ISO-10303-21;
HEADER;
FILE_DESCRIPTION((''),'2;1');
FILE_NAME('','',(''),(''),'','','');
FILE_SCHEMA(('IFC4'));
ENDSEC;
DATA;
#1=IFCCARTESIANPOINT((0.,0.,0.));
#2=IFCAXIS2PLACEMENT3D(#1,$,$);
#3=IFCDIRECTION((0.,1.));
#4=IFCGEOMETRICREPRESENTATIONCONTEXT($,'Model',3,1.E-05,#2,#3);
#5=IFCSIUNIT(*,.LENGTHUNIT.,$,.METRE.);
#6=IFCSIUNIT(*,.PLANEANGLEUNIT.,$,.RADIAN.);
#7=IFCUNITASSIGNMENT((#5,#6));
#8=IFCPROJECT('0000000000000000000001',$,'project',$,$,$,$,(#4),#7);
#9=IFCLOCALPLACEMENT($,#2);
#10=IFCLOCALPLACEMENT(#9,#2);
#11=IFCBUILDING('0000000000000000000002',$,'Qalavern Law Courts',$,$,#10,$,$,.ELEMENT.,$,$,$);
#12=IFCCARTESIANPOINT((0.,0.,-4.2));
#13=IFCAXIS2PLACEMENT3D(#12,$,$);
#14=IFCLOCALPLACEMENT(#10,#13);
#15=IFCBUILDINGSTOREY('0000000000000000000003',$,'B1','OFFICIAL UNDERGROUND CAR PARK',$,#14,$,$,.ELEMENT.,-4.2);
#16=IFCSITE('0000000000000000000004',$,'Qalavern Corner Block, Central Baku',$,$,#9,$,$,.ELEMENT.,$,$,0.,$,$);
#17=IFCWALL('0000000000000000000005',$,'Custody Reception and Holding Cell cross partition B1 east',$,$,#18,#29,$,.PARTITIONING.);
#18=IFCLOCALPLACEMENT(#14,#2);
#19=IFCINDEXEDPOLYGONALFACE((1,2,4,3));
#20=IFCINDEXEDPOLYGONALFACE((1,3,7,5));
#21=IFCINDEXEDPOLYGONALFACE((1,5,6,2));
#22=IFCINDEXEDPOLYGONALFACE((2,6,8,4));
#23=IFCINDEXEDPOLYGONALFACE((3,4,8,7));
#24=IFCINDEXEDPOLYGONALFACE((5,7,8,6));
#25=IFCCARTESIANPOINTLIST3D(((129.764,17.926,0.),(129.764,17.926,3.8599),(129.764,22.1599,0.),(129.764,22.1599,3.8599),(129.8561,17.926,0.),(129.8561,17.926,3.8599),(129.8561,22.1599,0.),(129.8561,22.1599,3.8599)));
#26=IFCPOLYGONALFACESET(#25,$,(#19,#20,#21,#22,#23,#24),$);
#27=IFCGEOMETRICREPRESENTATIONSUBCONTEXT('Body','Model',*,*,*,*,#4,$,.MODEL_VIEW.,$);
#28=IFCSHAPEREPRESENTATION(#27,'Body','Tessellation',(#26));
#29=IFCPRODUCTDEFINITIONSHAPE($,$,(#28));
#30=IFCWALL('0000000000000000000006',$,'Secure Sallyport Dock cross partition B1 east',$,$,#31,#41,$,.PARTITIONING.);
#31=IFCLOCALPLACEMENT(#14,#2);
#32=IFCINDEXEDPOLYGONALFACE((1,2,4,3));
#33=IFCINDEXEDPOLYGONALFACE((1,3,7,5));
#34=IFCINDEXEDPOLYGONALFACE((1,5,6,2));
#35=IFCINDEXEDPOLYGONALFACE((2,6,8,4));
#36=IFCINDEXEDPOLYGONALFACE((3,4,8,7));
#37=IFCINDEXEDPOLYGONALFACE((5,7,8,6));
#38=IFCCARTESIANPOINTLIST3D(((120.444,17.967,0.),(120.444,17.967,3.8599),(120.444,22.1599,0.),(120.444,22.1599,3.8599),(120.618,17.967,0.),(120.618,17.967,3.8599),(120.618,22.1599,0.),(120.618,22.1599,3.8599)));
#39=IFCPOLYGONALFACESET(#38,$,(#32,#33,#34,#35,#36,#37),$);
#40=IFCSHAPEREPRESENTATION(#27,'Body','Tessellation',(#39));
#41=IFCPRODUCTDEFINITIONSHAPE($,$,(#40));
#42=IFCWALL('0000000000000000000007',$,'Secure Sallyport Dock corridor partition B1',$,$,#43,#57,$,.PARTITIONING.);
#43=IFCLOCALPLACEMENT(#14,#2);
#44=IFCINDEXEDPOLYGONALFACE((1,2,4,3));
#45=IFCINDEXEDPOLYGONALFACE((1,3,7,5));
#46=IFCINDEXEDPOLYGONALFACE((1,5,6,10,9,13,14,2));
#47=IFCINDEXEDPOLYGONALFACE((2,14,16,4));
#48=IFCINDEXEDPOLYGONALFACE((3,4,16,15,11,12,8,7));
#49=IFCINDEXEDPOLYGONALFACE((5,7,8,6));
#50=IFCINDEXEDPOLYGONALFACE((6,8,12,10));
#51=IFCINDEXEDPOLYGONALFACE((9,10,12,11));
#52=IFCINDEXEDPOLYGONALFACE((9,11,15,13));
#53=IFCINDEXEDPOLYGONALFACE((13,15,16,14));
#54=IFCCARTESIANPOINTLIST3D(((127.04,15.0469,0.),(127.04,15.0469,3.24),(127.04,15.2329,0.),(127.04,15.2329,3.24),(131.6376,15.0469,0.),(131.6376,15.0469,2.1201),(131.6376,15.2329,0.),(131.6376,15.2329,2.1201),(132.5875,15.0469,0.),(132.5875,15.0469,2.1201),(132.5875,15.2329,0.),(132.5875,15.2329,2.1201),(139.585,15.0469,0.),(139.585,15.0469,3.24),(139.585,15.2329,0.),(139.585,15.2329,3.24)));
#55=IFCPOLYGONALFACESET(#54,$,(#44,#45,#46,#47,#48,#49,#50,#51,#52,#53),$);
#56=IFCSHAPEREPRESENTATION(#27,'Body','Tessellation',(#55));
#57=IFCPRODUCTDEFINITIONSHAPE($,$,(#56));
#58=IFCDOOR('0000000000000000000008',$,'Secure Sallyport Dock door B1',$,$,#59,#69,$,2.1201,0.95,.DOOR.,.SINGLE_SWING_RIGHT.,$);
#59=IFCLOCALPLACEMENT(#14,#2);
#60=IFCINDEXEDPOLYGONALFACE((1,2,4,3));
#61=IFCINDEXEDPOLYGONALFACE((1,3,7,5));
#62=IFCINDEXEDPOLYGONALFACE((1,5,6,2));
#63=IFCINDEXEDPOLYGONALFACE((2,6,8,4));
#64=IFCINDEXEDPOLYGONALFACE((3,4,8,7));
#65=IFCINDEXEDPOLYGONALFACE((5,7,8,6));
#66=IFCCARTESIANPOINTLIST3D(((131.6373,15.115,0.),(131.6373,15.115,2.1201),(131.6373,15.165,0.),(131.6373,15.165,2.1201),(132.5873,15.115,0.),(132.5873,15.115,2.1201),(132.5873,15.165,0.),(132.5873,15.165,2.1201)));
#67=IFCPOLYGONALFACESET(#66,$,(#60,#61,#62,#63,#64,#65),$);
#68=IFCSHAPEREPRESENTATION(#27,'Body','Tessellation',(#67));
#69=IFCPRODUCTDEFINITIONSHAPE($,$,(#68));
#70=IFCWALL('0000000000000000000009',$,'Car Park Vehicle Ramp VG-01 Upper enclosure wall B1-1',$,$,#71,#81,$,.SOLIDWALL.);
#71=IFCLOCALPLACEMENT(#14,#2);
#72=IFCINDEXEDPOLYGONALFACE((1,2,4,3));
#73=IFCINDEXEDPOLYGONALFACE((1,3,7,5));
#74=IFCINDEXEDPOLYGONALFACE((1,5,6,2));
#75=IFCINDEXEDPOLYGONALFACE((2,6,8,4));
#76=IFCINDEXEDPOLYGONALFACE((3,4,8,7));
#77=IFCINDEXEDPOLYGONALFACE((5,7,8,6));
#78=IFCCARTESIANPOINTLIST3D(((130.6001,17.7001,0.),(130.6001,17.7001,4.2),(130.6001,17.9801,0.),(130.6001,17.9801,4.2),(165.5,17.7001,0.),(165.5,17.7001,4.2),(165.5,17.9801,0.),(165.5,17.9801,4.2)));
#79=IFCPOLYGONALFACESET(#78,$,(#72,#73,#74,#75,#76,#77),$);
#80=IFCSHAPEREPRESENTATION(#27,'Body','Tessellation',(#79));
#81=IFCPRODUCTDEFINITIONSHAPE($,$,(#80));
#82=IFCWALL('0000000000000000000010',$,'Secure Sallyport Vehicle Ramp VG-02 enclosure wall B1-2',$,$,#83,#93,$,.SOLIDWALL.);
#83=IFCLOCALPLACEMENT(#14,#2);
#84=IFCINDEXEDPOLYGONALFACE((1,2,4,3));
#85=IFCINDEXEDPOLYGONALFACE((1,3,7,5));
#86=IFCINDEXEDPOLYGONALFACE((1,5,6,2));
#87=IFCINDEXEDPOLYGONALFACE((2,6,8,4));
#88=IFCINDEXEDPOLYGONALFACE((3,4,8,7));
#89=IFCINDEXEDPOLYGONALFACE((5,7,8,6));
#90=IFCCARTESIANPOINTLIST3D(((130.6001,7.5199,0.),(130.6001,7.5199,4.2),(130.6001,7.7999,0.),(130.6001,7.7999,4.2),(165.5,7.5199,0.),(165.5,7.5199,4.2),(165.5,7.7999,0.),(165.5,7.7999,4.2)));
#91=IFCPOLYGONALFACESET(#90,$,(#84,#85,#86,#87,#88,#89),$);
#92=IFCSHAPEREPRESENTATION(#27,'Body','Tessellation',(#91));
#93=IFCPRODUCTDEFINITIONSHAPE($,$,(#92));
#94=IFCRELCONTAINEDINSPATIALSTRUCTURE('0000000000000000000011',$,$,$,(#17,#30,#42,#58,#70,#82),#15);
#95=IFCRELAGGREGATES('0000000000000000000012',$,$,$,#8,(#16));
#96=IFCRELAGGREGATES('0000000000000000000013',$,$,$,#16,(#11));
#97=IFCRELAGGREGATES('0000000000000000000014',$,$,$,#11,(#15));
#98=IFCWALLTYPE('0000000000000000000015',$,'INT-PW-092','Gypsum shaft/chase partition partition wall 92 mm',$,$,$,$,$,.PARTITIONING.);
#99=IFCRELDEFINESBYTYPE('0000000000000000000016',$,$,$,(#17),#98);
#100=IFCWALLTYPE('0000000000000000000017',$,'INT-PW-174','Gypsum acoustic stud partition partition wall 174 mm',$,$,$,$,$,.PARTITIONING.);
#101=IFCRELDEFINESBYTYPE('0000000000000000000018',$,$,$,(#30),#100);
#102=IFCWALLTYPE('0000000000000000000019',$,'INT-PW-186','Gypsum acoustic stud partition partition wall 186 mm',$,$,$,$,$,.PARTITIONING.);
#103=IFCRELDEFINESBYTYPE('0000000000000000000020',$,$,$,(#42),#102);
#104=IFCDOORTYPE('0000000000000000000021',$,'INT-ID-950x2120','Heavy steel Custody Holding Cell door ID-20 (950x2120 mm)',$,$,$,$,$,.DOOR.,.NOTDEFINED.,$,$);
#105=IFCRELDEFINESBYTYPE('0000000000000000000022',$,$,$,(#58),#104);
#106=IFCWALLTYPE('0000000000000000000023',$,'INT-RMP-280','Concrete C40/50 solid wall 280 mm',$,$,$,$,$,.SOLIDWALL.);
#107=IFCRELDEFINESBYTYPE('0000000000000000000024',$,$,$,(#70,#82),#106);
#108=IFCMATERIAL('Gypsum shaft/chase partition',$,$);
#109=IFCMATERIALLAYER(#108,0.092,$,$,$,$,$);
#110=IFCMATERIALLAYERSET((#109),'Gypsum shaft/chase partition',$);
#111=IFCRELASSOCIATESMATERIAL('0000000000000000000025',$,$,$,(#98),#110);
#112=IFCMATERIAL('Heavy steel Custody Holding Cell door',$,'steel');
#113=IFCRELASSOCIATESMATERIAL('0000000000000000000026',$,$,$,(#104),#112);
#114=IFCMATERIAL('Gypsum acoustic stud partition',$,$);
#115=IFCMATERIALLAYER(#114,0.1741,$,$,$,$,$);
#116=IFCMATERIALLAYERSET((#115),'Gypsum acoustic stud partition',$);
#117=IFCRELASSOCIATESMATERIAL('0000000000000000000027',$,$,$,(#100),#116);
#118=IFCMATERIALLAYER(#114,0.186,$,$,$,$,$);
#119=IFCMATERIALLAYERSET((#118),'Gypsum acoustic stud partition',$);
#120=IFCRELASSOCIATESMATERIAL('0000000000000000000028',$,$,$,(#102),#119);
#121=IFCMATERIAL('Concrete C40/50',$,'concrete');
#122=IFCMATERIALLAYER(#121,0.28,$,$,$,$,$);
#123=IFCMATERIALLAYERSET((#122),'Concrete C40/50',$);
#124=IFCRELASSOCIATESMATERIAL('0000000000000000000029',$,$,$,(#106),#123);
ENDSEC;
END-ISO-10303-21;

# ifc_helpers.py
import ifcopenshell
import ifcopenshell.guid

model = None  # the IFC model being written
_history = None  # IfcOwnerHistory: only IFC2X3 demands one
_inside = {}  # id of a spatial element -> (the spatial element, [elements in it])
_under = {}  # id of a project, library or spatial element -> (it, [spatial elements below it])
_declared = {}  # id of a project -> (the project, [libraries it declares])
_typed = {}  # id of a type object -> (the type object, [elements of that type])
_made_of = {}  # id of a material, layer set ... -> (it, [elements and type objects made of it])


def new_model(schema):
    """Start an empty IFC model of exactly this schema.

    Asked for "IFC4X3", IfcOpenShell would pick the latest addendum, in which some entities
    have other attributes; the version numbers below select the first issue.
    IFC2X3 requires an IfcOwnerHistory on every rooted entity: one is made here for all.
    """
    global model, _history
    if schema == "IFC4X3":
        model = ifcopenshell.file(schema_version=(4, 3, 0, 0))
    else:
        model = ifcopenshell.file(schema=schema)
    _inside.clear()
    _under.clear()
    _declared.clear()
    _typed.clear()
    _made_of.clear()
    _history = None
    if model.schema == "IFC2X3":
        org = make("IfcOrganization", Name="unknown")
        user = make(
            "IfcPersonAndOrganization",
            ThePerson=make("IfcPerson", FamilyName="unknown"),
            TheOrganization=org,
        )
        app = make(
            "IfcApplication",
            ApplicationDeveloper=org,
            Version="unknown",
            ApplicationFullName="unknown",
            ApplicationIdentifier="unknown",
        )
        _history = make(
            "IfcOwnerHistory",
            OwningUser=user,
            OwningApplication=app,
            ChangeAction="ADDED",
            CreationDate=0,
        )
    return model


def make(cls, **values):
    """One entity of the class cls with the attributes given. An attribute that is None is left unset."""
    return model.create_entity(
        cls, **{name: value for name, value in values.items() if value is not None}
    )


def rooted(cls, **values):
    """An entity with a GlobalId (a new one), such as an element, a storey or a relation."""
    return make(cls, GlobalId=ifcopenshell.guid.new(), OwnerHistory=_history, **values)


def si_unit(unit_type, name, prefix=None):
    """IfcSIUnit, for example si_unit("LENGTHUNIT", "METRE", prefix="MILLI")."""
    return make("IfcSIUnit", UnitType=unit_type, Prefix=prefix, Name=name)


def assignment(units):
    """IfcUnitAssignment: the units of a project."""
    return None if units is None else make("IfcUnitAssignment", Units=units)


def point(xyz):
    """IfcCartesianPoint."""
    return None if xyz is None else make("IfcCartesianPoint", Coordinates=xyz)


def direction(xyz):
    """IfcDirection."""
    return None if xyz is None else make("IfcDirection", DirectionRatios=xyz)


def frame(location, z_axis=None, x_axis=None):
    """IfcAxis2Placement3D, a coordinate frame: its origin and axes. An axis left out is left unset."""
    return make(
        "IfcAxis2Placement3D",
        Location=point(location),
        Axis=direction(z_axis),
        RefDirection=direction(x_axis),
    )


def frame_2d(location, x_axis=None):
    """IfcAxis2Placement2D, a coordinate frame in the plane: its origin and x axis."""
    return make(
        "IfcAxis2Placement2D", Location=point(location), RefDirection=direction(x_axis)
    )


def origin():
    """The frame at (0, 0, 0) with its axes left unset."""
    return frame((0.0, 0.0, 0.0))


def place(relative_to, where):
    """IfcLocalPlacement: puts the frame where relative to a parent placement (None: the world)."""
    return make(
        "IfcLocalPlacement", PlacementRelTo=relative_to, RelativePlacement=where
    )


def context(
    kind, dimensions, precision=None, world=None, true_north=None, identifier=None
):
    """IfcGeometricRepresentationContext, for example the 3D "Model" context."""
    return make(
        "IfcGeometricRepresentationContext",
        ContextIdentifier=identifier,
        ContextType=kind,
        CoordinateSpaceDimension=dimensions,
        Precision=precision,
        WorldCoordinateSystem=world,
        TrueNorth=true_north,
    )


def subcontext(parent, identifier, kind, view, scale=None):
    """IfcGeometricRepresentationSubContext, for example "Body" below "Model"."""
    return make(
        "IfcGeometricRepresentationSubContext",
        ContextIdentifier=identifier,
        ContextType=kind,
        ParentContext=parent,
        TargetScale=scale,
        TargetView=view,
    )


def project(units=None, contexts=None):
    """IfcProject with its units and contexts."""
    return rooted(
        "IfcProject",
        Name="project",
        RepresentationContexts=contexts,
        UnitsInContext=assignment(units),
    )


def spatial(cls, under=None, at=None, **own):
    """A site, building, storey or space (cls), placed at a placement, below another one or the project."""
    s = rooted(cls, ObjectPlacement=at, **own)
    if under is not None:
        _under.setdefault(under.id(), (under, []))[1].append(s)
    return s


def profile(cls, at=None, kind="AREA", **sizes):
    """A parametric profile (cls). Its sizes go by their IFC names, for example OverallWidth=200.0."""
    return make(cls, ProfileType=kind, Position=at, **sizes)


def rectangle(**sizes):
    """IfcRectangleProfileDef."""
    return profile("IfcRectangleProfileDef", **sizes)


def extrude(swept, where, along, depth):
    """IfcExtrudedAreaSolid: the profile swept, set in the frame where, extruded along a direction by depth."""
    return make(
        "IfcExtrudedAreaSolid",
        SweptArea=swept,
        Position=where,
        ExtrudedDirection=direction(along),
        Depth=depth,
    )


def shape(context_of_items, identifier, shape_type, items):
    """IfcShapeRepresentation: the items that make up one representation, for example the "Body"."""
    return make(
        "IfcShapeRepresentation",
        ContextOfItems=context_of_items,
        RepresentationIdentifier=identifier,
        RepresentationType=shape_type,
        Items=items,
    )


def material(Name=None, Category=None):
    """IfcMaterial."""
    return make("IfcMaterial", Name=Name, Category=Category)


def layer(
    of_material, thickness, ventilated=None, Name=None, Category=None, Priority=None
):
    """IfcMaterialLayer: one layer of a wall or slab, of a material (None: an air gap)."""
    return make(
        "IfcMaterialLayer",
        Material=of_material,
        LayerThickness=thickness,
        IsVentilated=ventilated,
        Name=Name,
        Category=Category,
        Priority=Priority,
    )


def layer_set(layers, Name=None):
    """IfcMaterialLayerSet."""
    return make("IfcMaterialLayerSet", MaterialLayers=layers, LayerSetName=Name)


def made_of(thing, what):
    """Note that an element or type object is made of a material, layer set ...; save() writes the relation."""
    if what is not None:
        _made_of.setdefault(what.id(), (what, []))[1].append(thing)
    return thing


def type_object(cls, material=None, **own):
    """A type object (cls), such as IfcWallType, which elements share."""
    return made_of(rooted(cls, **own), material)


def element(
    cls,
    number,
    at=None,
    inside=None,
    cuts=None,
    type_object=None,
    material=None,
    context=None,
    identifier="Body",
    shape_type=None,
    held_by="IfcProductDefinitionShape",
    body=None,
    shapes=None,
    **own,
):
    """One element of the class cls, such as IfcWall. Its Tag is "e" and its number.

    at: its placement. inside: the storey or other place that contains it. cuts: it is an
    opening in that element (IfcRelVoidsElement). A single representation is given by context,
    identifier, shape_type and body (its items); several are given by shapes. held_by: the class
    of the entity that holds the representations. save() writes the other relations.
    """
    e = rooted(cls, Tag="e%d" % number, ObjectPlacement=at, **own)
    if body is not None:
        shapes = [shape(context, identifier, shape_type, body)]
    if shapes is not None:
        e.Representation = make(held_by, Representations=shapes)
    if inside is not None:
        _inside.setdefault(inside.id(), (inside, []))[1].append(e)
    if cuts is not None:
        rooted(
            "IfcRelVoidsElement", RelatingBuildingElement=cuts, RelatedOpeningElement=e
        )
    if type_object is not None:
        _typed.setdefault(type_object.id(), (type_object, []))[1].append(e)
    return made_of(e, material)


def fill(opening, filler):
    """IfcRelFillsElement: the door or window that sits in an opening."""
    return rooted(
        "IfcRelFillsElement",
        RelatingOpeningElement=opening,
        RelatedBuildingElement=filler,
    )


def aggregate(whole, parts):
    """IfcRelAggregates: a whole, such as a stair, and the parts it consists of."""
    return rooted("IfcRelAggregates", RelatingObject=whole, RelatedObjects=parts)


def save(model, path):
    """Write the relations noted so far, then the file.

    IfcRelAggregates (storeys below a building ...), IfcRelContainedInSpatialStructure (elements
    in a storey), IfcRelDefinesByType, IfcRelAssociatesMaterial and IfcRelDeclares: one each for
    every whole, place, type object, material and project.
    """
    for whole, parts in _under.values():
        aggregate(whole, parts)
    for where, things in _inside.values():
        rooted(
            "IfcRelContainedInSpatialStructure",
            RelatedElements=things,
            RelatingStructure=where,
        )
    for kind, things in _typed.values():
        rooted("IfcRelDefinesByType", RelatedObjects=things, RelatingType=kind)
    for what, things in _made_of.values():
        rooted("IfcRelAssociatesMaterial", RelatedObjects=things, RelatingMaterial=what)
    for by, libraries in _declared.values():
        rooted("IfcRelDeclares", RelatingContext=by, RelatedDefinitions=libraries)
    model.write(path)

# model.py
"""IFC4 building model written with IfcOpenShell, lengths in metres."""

from ifc_helpers import new_model, si_unit, direction, frame, frame_2d, origin, place, context, subcontext, project, spatial, rectangle, extrude, material, layer, layer_set, type_object, element, fill, save


model = new_model("IFC4")

# Units and contexts
model_context = context("Model", 3, precision=1e-05, world=origin(), true_north=direction((0.0, 1.0)))
body_context = subcontext(model_context, "Body", "Model", "MODEL_VIEW")
ifc_project = project(units=[si_unit("LENGTHUNIT", "METRE"), si_unit("PLANEANGLEUNIT", "RADIAN")], contexts=[model_context])

# Site, building, storey
site_placement = place(None, origin())
site = spatial("IfcSite", under=ifc_project, at=site_placement, Name="Qalavern Corner Block, Central Baku", CompositionType="ELEMENT", RefElevation=0.0)
building_placement = place(site_placement, origin())
building = spatial("IfcBuilding", under=site, at=building_placement, Name="Qalavern Law Courts", CompositionType="ELEMENT")
storey_placement = place(building_placement, frame((0.0, 0.0, -4.2)))
storey = spatial("IfcBuildingStorey", under=building, at=storey_placement, Name="B1", Description="OFFICIAL UNDERGROUND CAR PARK", CompositionType="ELEMENT", Elevation=-4.2)

# Shared definitions
ifc_material_1 = material(Name="Concrete C40/50", Category="concrete")

# Shared definitions
ifc_material_2 = material(Name="Gypsum shaft/chase partition")
ifc_layer_1 = layer(ifc_material_2, 0.092)
ifc_layer_set_1 = layer_set([ifc_layer_1], Name="Gypsum shaft/chase partition")
wall_type_1 = type_object("IfcWallType", Name="INT-PW-092", Description="Gypsum shaft/chase partition partition wall 92 mm", PredefinedType="PARTITIONING", material=ifc_layer_set_1)
ifc_material_3 = material(Name="Heavy steel Custody Holding Cell door", Category="steel")
door_type_1 = type_object("IfcDoorType", Name="INT-ID-950x2120", Description="Heavy steel Custody Holding Cell door ID-20 (950x2120 mm)", OperationType="NOTDEFINED", PredefinedType="DOOR", material=ifc_material_3)

# Walls
wall_1_placement = place(storey_placement, frame((129.8101, 17.926, 0.0), z_axis=(0.0, 0.0, 1.0), x_axis=(0.0, 1.0, 0.0)))
element("IfcWall", 1, at=wall_1_placement, inside=storey, type_object=wall_type_1, Name="Custody Reception and Holding Cell cross partition B1 east", PredefinedType="PARTITIONING", context=body_context, shape_type="SweptSolid", body=[
    extrude(rectangle(XDim=4.2339, YDim=0.092, at=frame_2d((2.1169, 0.0))), origin(), (0.0, 0.0, 1.0), 3.8599),
])
ifc_material_4 = material(Name="Gypsum acoustic stud partition")
ifc_layer_2 = layer(ifc_material_4, 0.1741)
ifc_layer_set_2 = layer_set([ifc_layer_2], Name="Gypsum acoustic stud partition")
wall_type_2 = type_object("IfcWallType", Name="INT-PW-174", Description="Gypsum acoustic stud partition partition wall 174 mm", PredefinedType="PARTITIONING", material=ifc_layer_set_2)
wall_2_placement = place(storey_placement, frame((120.531, 17.967, 0.0), z_axis=(0.0, 0.0, 1.0), x_axis=(0.0, 1.0, 0.0)))
element("IfcWall", 2, at=wall_2_placement, inside=storey, type_object=wall_type_2, Name="Secure Sallyport Dock cross partition B1 east", PredefinedType="PARTITIONING", context=body_context, shape_type="SweptSolid", body=[
    extrude(rectangle(XDim=4.1929, YDim=0.1741, at=frame_2d((2.0964, 0.0))), origin(), (0.0, 0.0, 1.0), 3.8599),
])

# Wall, opening, door
ifc_layer_3 = layer(ifc_material_4, 0.186)
ifc_layer_set_3 = layer_set([ifc_layer_3], Name="Gypsum acoustic stud partition")
wall_type_3 = type_object("IfcWallType", Name="INT-PW-186", Description="Gypsum acoustic stud partition partition wall 186 mm", PredefinedType="PARTITIONING", material=ifc_layer_set_3)
wall_3_placement = place(storey_placement, frame((127.04, 15.1399, 0.0), z_axis=(0.0, 0.0, 1.0), x_axis=(1.0, 0.0, 0.0)))
wall_3 = element("IfcWall", 3, at=wall_3_placement, inside=storey, type_object=wall_type_3, Name="Secure Sallyport Dock corridor partition B1", PredefinedType="PARTITIONING", context=body_context, shape_type="SweptSolid", body=[
    extrude(rectangle(XDim=12.5449, YDim=0.186, at=frame_2d((6.2725, 0.0))), origin(), (0.0, 0.0, 1.0), 3.24),
])
opening_1_placement = place(wall_3_placement, frame((4.5974, 0.0, 0.0)))
opening_1 = element("IfcOpeningElement", 4, at=opening_1_placement, cuts=wall_3, PredefinedType="OPENING", context=body_context, shape_type="SweptSolid", body=[
    extrude(rectangle(XDim=0.95, YDim=2.1201, at=frame_2d((0.4751, 1.0601))), frame((0.0, 0.1079, 0.0), z_axis=(0.0, -1.0, 0.0), x_axis=(1.0, 0.0, 0.0)), (0.0, 0.0, 1.0), 0.2158),
])
door_1_placement = place(opening_1_placement, frame((0.95, 0.0, 0.0), z_axis=(0.0, 0.0, 1.0), x_axis=(-1.0, 0.0, 0.0)))
door_1 = element("IfcDoor", 5, at=door_1_placement, inside=storey, type_object=door_type_1, Name="Secure Sallyport Dock door B1", OperationType="SINGLE_SWING_RIGHT", OverallHeight=2.1201, OverallWidth=0.95, PredefinedType="DOOR", context=body_context, shape_type="SweptSolid", body=[
    extrude(rectangle(XDim=0.95, YDim=2.1201, at=frame_2d((0.4751, 1.0601))), frame((0.0, 0.0249, 0.0), z_axis=(0.0, -1.0, 0.0), x_axis=(1.0, 0.0, 0.0)), (0.0, 0.0, 1.0), 0.05),
])
fill(opening_1, door_1)

# Walls
ifc_layer_4 = layer(ifc_material_1, 0.28)
ifc_layer_set_4 = layer_set([ifc_layer_4], Name="Concrete C40/50")
wall_type_4 = type_object("IfcWallType", Name="INT-RMP-280", Description="Concrete C40/50 solid wall 280 mm", PredefinedType="SOLIDWALL", material=ifc_layer_set_4)
for number, where, z_axis, x_axis, name in (
    (6, (130.6001, 17.8401, 0.0), (0.0, 0.0, 1.0), (1.0, 0.0, 0.0), "Car Park Vehicle Ramp VG-01 Upper enclosure wall B1-1"),
    (7, (130.6001, 7.6599, 0.0), (0.0, 0.0, 1.0), (1.0, 0.0, 0.0), "Secure Sallyport Vehicle Ramp VG-02 enclosure wall B1-2"),
):
    element("IfcWall", number, at=place(storey_placement, frame(where, z_axis=z_axis, x_axis=x_axis)), inside=storey, type_object=wall_type_4, Name=name, PredefinedType="SOLIDWALL", context=body_context, shape_type="SweptSolid", body=[
        extrude(rectangle(XDim=34.8999, YDim=0.28, at=frame_2d((17.45, 0.0))), origin(), (0.0, 0.0, 1.0), 4.2),
    ])

save(model, "model.ifc")
